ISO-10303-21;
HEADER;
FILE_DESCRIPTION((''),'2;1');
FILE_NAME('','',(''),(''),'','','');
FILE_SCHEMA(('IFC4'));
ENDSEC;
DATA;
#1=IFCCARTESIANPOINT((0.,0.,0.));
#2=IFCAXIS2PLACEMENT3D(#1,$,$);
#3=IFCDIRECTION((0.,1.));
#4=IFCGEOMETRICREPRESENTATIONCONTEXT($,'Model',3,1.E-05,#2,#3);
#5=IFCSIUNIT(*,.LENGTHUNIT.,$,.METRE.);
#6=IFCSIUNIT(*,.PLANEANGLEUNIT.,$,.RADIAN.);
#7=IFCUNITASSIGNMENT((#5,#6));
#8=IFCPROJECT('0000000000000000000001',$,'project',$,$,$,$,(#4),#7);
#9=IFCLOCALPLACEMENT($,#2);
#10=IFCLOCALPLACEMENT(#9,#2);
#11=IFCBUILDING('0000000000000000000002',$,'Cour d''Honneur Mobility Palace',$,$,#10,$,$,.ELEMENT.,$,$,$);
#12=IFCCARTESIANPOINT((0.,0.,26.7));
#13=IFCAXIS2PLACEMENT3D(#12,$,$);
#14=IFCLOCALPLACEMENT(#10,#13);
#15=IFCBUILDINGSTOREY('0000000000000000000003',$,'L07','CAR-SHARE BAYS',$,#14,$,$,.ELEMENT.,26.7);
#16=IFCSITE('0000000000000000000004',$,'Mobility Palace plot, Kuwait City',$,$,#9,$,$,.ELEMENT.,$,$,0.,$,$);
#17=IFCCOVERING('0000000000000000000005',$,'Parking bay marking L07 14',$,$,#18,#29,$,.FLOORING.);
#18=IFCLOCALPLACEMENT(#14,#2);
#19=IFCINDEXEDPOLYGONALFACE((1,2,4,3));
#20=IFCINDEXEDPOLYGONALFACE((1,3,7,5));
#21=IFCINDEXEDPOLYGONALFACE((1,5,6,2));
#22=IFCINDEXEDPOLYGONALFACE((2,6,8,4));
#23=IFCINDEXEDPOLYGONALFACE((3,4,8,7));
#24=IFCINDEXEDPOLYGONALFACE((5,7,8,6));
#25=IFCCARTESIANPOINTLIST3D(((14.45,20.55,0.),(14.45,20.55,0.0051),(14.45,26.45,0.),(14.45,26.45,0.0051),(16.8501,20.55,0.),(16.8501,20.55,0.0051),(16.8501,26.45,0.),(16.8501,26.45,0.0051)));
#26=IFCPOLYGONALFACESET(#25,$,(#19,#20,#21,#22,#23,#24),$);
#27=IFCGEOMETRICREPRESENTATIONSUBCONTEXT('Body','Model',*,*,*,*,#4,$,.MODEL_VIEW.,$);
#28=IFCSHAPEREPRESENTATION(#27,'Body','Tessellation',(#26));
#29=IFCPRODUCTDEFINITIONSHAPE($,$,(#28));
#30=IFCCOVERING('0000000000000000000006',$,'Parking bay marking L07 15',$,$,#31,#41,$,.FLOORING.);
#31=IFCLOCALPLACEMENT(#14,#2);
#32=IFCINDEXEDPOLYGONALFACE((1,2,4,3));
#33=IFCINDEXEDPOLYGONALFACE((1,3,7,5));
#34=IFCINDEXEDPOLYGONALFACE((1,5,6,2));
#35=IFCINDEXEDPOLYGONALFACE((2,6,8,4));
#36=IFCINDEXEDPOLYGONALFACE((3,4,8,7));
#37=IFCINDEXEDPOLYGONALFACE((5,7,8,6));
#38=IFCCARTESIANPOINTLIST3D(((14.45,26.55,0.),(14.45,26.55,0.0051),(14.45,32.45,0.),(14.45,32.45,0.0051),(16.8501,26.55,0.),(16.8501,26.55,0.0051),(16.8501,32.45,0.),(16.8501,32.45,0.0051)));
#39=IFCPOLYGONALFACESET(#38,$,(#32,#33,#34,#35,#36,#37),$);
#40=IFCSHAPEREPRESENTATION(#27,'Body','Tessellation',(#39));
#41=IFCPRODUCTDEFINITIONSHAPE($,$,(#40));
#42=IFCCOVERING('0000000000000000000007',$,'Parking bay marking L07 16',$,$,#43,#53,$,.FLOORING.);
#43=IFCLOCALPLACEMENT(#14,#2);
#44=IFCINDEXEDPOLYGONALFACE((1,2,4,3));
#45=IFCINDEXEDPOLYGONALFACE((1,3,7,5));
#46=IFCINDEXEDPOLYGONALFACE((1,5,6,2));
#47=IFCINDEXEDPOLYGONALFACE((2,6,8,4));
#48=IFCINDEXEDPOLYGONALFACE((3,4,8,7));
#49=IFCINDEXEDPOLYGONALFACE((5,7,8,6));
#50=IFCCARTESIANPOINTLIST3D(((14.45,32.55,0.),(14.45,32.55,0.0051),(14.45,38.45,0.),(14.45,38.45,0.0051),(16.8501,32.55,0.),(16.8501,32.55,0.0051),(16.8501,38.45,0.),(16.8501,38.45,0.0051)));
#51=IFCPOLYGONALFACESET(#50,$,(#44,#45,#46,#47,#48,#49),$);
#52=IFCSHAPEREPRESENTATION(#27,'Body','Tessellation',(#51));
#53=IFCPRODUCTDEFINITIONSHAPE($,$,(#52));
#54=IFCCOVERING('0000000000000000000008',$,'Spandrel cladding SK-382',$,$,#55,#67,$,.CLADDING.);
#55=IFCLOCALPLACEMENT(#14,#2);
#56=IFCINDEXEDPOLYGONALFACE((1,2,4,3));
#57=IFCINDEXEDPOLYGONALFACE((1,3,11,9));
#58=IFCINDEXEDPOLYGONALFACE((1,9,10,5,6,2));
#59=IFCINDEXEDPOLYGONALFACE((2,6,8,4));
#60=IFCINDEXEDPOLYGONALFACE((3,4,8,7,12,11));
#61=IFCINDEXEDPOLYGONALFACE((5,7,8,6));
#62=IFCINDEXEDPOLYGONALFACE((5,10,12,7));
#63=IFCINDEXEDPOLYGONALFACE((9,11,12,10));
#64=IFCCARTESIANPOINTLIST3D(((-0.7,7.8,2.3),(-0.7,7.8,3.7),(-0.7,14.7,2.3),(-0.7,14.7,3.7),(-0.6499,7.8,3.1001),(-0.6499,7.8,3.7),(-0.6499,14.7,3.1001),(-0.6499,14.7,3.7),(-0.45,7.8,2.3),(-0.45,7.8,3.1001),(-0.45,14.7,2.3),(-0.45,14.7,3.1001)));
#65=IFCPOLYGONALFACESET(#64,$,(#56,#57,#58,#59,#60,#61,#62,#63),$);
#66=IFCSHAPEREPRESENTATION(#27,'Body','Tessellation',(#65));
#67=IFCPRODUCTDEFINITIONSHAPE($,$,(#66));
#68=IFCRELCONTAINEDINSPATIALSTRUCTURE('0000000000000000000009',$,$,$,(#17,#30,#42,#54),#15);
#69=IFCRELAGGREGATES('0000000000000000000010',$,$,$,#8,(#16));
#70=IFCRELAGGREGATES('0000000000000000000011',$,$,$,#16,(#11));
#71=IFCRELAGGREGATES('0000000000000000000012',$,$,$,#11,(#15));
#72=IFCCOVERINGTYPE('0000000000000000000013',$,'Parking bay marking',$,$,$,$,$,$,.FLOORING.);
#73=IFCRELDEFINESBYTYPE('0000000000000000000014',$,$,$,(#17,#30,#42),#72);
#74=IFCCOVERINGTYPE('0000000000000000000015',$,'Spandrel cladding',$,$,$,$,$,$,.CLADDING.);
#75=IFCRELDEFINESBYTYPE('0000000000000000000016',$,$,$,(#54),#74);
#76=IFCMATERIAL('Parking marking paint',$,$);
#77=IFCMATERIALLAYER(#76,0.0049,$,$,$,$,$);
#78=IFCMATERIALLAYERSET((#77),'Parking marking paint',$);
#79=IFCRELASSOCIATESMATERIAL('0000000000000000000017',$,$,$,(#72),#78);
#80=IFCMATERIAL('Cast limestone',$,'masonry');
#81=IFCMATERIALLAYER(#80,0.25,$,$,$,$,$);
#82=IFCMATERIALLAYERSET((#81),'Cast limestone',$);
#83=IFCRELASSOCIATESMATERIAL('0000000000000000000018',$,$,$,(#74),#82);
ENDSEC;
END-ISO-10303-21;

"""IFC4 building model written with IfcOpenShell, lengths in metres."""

from ifc_helpers import new_model, si_unit, direction, frame, origin, place, context, subcontext, project, spatial, polyline, outline, extrude, material, layer, layer_set, type_object, element, save


model = new_model("IFC4")

# Units and contexts
model_context = context("Model", 3, precision=1e-05, world=origin(), true_north=direction((0.0, 1.0)))
body_context = subcontext(model_context, "Body", "Model", "MODEL_VIEW")
ifc_project = project(units=[si_unit("LENGTHUNIT", "METRE"), si_unit("PLANEANGLEUNIT", "RADIAN")], contexts=[model_context])

# Site, building, storey
site_placement = place(None, origin())
site = spatial("IfcSite", under=ifc_project, at=site_placement, Name="Mobility Palace plot, Kuwait City", CompositionType="ELEMENT", RefElevation=0.0)
building_placement = place(site_placement, origin())
building = spatial("IfcBuilding", under=site, at=building_placement, Name="Cour d'Honneur Mobility Palace", CompositionType="ELEMENT")
storey_placement = place(building_placement, frame((0.0, 0.0, 26.7)))
storey = spatial("IfcBuildingStorey", under=building, at=storey_placement, Name="L07", Description="CAR-SHARE BAYS", CompositionType="ELEMENT", Elevation=26.7)

# Coverings
ifc_material_1 = material(Name="Parking marking paint")
ifc_layer_1 = layer(ifc_material_1, 0.0049)
ifc_layer_set_1 = layer_set([ifc_layer_1], Name="Parking marking paint")
covering_type_1 = type_object("IfcCoveringType", Name="Parking bay marking", PredefinedType="FLOORING", material=ifc_layer_set_1)
covering_1_placement = place(storey_placement, origin())
element("IfcCovering", 1, at=covering_1_placement, inside=storey, type_object=covering_type_1, Name="Parking bay marking L07 14", PredefinedType="FLOORING", context=body_context, shape_type="SweptSolid", body=[
    extrude(outline(polyline([(16.8501, 20.55), (14.45, 20.55), (14.45, 26.45), (16.8501, 26.45), (16.8501, 20.55)])), origin(), (0.0, 0.0, 1.0), 0.0051),
])
covering_2_placement = place(storey_placement, origin())
element("IfcCovering", 2, at=covering_2_placement, inside=storey, type_object=covering_type_1, Name="Parking bay marking L07 15", PredefinedType="FLOORING", context=body_context, shape_type="SweptSolid", body=[
    extrude(outline(polyline([(16.8501, 26.55), (14.45, 26.55), (14.45, 32.45), (16.8501, 32.45), (16.8501, 26.55)])), origin(), (0.0, 0.0, 1.0), 0.0051),
])
covering_3_placement = place(storey_placement, origin())
element("IfcCovering", 3, at=covering_3_placement, inside=storey, type_object=covering_type_1, Name="Parking bay marking L07 16", PredefinedType="FLOORING", context=body_context, shape_type="SweptSolid", body=[
    extrude(outline(polyline([(16.8501, 32.55), (14.45, 32.55), (14.45, 38.45), (16.8501, 38.45), (16.8501, 32.55)])), origin(), (0.0, 0.0, 1.0), 0.0051),
])

# Covering
ifc_material_2 = material(Name="Cast limestone", Category="masonry")
ifc_layer_2 = layer(ifc_material_2, 0.25)
ifc_layer_set_2 = layer_set([ifc_layer_2], Name="Cast limestone")
covering_type_2 = type_object("IfcCoveringType", Name="Spandrel cladding", PredefinedType="CLADDING", material=ifc_layer_set_2)
covering_4_placement = place(storey_placement, frame((-0.45, 14.7, 2.3), z_axis=(0.0, 1.0, 0.0), x_axis=(-1.0, 0.0, 0.0)))
element("IfcCovering", 4, at=covering_4_placement, inside=storey, type_object=covering_type_2, Name="Spandrel cladding SK-382", PredefinedType="CLADDING", context=body_context, shape_type="SweptSolid", body=[
    extrude(outline(polyline([(0.0, 0.0), (0.25, 0.0), (0.25, 1.3999), (0.2, 1.3999), (0.2, 0.8), (0.0, 0.8), (0.0, 0.0)])), origin(), (0.0, 0.0, -1.0), 6.8999),
])

save(model, "model.ifc")
